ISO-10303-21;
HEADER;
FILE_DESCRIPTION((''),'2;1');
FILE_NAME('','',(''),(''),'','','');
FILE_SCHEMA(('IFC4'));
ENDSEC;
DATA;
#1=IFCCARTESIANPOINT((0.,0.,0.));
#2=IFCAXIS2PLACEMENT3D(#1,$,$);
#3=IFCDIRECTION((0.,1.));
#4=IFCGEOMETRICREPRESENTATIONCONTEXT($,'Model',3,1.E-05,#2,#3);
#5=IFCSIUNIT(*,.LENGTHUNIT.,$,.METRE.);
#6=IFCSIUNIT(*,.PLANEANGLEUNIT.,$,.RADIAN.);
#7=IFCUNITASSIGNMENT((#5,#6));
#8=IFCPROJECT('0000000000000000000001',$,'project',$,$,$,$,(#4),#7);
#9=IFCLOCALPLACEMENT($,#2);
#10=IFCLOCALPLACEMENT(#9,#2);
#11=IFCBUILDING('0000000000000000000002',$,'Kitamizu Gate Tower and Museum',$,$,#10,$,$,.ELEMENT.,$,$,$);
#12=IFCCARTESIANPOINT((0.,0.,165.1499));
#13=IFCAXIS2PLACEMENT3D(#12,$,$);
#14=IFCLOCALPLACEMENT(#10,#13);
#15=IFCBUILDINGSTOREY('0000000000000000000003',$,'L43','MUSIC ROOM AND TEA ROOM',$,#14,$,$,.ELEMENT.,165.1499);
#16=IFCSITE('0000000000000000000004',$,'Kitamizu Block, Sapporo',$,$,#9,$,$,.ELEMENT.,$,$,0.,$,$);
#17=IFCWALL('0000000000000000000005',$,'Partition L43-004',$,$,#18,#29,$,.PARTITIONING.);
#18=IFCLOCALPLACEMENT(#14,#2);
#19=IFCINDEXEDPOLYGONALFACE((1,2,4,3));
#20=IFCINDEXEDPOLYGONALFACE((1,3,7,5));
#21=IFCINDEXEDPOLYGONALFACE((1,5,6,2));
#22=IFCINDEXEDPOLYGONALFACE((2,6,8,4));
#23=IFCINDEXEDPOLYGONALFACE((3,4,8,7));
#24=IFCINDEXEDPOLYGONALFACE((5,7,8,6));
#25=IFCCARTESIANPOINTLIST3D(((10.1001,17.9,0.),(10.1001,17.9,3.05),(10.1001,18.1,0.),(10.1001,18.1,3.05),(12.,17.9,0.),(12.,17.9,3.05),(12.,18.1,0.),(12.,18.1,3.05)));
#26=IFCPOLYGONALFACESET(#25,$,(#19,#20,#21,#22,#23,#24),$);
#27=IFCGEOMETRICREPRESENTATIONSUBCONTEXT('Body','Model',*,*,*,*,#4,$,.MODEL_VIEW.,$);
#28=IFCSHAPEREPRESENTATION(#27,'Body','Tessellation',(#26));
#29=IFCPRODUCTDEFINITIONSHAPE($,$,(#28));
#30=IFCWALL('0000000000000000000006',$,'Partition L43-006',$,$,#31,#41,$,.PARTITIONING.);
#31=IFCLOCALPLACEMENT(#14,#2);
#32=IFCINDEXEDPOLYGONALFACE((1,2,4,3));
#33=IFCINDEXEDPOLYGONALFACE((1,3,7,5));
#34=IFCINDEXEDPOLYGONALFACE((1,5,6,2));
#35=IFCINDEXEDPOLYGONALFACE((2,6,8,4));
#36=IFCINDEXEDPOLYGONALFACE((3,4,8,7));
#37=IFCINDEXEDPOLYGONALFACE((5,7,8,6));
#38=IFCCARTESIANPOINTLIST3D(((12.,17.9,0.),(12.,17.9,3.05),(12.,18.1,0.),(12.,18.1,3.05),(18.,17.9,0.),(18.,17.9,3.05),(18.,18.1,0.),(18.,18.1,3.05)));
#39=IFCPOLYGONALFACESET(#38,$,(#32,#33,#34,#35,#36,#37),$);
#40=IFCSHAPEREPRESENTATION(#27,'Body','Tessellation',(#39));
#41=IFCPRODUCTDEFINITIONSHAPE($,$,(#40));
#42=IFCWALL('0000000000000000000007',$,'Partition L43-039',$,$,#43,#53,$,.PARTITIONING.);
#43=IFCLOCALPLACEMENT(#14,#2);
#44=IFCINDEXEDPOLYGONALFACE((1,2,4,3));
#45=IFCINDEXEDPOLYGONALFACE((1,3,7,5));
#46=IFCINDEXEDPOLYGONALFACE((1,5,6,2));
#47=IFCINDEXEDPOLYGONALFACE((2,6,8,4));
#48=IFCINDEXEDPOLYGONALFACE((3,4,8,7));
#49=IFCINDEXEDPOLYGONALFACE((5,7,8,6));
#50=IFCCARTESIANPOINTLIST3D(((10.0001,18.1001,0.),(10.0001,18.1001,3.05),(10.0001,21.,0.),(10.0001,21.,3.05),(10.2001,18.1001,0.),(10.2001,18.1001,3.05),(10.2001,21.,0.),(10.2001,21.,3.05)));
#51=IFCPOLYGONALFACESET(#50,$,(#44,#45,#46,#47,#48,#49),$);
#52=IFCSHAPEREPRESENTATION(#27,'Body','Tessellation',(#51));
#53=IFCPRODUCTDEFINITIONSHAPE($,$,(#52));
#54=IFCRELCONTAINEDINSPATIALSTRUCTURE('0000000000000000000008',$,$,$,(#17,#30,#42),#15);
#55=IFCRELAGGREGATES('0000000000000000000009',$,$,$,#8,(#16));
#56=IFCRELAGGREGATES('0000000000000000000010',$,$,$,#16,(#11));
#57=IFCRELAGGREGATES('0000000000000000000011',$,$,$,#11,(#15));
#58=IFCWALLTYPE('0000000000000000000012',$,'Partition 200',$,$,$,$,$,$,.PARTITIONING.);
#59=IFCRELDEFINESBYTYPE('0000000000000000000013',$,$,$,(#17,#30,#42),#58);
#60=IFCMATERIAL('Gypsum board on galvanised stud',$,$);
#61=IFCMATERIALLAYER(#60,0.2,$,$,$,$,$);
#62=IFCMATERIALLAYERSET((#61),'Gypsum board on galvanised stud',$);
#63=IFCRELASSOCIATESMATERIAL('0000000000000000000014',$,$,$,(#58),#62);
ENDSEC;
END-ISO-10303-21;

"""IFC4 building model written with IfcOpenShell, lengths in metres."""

from ifc_helpers import new_model, si_unit, direction, frame, frame_2d, origin, place, context, subcontext, project, spatial, rectangle, extrude, material, layer, layer_set, type_object, element, save


model = new_model("IFC4")

# Units and contexts
model_context = context("Model", 3, precision=1e-05, world=origin(), true_north=direction((0.0, 1.0)))
body_context = subcontext(model_context, "Body", "Model", "MODEL_VIEW")
ifc_project = project(units=[si_unit("LENGTHUNIT", "METRE"), si_unit("PLANEANGLEUNIT", "RADIAN")], contexts=[model_context])

# Site, building, storey
site_placement = place(None, origin())
site = spatial("IfcSite", under=ifc_project, at=site_placement, Name="Kitamizu Block, Sapporo", CompositionType="ELEMENT", RefElevation=0.0)
building_placement = place(site_placement, origin())
building = spatial("IfcBuilding", under=site, at=building_placement, Name="Kitamizu Gate Tower and Museum", CompositionType="ELEMENT")
storey_placement = place(building_placement, frame((0.0, 0.0, 165.1499)))
storey = spatial("IfcBuildingStorey", under=building, at=storey_placement, Name="L43", Description="MUSIC ROOM AND TEA ROOM", CompositionType="ELEMENT", Elevation=165.1499)

# Walls
ifc_material_1 = material(Name="Gypsum board on galvanised stud")
ifc_layer_1 = layer(ifc_material_1, 0.2)
ifc_layer_set_1 = layer_set([ifc_layer_1], Name="Gypsum board on galvanised stud")
wall_type_1 = type_object("IfcWallType", Name="Partition 200", PredefinedType="PARTITIONING", material=ifc_layer_set_1)
wall_1_placement = place(storey_placement, frame((12.0, 18.0, 0.0), z_axis=(0.0, 0.0, 1.0), x_axis=(-1.0, 0.0, 0.0)))
element("IfcWall", 1, at=wall_1_placement, inside=storey, type_object=wall_type_1, Name="Partition L43-004", PredefinedType="PARTITIONING", context=body_context, shape_type="SweptSolid", body=[
    extrude(rectangle(XDim=1.8999, YDim=0.2, at=frame_2d((0.95, 0.0))), origin(), (0.0, 0.0, 1.0), 3.05),
])
wall_2_placement = place(storey_placement, frame((18.0, 18.0, 0.0), z_axis=(0.0, 0.0, 1.0), x_axis=(-1.0, 0.0, 0.0)))
element("IfcWall", 2, at=wall_2_placement, inside=storey, type_object=wall_type_1, Name="Partition L43-006", PredefinedType="PARTITIONING", context=body_context, shape_type="SweptSolid", body=[
    extrude(rectangle(XDim=6.0, YDim=0.2, at=frame_2d((3.0, 0.0))), origin(), (0.0, 0.0, 1.0), 3.05),
])
wall_3_placement = place(storey_placement, frame((10.1001, 18.1001, 0.0), z_axis=(0.0, 0.0, 1.0), x_axis=(0.0, 1.0, 0.0)))
element("IfcWall", 3, at=wall_3_placement, inside=storey, type_object=wall_type_1, Name="Partition L43-039", PredefinedType="PARTITIONING", context=body_context, shape_type="SweptSolid", body=[
    extrude(rectangle(XDim=2.8999, YDim=0.2, at=frame_2d((1.45, 0.0))), origin(), (0.0, 0.0, 1.0), 3.05),
])

save(model, "model.ifc")
